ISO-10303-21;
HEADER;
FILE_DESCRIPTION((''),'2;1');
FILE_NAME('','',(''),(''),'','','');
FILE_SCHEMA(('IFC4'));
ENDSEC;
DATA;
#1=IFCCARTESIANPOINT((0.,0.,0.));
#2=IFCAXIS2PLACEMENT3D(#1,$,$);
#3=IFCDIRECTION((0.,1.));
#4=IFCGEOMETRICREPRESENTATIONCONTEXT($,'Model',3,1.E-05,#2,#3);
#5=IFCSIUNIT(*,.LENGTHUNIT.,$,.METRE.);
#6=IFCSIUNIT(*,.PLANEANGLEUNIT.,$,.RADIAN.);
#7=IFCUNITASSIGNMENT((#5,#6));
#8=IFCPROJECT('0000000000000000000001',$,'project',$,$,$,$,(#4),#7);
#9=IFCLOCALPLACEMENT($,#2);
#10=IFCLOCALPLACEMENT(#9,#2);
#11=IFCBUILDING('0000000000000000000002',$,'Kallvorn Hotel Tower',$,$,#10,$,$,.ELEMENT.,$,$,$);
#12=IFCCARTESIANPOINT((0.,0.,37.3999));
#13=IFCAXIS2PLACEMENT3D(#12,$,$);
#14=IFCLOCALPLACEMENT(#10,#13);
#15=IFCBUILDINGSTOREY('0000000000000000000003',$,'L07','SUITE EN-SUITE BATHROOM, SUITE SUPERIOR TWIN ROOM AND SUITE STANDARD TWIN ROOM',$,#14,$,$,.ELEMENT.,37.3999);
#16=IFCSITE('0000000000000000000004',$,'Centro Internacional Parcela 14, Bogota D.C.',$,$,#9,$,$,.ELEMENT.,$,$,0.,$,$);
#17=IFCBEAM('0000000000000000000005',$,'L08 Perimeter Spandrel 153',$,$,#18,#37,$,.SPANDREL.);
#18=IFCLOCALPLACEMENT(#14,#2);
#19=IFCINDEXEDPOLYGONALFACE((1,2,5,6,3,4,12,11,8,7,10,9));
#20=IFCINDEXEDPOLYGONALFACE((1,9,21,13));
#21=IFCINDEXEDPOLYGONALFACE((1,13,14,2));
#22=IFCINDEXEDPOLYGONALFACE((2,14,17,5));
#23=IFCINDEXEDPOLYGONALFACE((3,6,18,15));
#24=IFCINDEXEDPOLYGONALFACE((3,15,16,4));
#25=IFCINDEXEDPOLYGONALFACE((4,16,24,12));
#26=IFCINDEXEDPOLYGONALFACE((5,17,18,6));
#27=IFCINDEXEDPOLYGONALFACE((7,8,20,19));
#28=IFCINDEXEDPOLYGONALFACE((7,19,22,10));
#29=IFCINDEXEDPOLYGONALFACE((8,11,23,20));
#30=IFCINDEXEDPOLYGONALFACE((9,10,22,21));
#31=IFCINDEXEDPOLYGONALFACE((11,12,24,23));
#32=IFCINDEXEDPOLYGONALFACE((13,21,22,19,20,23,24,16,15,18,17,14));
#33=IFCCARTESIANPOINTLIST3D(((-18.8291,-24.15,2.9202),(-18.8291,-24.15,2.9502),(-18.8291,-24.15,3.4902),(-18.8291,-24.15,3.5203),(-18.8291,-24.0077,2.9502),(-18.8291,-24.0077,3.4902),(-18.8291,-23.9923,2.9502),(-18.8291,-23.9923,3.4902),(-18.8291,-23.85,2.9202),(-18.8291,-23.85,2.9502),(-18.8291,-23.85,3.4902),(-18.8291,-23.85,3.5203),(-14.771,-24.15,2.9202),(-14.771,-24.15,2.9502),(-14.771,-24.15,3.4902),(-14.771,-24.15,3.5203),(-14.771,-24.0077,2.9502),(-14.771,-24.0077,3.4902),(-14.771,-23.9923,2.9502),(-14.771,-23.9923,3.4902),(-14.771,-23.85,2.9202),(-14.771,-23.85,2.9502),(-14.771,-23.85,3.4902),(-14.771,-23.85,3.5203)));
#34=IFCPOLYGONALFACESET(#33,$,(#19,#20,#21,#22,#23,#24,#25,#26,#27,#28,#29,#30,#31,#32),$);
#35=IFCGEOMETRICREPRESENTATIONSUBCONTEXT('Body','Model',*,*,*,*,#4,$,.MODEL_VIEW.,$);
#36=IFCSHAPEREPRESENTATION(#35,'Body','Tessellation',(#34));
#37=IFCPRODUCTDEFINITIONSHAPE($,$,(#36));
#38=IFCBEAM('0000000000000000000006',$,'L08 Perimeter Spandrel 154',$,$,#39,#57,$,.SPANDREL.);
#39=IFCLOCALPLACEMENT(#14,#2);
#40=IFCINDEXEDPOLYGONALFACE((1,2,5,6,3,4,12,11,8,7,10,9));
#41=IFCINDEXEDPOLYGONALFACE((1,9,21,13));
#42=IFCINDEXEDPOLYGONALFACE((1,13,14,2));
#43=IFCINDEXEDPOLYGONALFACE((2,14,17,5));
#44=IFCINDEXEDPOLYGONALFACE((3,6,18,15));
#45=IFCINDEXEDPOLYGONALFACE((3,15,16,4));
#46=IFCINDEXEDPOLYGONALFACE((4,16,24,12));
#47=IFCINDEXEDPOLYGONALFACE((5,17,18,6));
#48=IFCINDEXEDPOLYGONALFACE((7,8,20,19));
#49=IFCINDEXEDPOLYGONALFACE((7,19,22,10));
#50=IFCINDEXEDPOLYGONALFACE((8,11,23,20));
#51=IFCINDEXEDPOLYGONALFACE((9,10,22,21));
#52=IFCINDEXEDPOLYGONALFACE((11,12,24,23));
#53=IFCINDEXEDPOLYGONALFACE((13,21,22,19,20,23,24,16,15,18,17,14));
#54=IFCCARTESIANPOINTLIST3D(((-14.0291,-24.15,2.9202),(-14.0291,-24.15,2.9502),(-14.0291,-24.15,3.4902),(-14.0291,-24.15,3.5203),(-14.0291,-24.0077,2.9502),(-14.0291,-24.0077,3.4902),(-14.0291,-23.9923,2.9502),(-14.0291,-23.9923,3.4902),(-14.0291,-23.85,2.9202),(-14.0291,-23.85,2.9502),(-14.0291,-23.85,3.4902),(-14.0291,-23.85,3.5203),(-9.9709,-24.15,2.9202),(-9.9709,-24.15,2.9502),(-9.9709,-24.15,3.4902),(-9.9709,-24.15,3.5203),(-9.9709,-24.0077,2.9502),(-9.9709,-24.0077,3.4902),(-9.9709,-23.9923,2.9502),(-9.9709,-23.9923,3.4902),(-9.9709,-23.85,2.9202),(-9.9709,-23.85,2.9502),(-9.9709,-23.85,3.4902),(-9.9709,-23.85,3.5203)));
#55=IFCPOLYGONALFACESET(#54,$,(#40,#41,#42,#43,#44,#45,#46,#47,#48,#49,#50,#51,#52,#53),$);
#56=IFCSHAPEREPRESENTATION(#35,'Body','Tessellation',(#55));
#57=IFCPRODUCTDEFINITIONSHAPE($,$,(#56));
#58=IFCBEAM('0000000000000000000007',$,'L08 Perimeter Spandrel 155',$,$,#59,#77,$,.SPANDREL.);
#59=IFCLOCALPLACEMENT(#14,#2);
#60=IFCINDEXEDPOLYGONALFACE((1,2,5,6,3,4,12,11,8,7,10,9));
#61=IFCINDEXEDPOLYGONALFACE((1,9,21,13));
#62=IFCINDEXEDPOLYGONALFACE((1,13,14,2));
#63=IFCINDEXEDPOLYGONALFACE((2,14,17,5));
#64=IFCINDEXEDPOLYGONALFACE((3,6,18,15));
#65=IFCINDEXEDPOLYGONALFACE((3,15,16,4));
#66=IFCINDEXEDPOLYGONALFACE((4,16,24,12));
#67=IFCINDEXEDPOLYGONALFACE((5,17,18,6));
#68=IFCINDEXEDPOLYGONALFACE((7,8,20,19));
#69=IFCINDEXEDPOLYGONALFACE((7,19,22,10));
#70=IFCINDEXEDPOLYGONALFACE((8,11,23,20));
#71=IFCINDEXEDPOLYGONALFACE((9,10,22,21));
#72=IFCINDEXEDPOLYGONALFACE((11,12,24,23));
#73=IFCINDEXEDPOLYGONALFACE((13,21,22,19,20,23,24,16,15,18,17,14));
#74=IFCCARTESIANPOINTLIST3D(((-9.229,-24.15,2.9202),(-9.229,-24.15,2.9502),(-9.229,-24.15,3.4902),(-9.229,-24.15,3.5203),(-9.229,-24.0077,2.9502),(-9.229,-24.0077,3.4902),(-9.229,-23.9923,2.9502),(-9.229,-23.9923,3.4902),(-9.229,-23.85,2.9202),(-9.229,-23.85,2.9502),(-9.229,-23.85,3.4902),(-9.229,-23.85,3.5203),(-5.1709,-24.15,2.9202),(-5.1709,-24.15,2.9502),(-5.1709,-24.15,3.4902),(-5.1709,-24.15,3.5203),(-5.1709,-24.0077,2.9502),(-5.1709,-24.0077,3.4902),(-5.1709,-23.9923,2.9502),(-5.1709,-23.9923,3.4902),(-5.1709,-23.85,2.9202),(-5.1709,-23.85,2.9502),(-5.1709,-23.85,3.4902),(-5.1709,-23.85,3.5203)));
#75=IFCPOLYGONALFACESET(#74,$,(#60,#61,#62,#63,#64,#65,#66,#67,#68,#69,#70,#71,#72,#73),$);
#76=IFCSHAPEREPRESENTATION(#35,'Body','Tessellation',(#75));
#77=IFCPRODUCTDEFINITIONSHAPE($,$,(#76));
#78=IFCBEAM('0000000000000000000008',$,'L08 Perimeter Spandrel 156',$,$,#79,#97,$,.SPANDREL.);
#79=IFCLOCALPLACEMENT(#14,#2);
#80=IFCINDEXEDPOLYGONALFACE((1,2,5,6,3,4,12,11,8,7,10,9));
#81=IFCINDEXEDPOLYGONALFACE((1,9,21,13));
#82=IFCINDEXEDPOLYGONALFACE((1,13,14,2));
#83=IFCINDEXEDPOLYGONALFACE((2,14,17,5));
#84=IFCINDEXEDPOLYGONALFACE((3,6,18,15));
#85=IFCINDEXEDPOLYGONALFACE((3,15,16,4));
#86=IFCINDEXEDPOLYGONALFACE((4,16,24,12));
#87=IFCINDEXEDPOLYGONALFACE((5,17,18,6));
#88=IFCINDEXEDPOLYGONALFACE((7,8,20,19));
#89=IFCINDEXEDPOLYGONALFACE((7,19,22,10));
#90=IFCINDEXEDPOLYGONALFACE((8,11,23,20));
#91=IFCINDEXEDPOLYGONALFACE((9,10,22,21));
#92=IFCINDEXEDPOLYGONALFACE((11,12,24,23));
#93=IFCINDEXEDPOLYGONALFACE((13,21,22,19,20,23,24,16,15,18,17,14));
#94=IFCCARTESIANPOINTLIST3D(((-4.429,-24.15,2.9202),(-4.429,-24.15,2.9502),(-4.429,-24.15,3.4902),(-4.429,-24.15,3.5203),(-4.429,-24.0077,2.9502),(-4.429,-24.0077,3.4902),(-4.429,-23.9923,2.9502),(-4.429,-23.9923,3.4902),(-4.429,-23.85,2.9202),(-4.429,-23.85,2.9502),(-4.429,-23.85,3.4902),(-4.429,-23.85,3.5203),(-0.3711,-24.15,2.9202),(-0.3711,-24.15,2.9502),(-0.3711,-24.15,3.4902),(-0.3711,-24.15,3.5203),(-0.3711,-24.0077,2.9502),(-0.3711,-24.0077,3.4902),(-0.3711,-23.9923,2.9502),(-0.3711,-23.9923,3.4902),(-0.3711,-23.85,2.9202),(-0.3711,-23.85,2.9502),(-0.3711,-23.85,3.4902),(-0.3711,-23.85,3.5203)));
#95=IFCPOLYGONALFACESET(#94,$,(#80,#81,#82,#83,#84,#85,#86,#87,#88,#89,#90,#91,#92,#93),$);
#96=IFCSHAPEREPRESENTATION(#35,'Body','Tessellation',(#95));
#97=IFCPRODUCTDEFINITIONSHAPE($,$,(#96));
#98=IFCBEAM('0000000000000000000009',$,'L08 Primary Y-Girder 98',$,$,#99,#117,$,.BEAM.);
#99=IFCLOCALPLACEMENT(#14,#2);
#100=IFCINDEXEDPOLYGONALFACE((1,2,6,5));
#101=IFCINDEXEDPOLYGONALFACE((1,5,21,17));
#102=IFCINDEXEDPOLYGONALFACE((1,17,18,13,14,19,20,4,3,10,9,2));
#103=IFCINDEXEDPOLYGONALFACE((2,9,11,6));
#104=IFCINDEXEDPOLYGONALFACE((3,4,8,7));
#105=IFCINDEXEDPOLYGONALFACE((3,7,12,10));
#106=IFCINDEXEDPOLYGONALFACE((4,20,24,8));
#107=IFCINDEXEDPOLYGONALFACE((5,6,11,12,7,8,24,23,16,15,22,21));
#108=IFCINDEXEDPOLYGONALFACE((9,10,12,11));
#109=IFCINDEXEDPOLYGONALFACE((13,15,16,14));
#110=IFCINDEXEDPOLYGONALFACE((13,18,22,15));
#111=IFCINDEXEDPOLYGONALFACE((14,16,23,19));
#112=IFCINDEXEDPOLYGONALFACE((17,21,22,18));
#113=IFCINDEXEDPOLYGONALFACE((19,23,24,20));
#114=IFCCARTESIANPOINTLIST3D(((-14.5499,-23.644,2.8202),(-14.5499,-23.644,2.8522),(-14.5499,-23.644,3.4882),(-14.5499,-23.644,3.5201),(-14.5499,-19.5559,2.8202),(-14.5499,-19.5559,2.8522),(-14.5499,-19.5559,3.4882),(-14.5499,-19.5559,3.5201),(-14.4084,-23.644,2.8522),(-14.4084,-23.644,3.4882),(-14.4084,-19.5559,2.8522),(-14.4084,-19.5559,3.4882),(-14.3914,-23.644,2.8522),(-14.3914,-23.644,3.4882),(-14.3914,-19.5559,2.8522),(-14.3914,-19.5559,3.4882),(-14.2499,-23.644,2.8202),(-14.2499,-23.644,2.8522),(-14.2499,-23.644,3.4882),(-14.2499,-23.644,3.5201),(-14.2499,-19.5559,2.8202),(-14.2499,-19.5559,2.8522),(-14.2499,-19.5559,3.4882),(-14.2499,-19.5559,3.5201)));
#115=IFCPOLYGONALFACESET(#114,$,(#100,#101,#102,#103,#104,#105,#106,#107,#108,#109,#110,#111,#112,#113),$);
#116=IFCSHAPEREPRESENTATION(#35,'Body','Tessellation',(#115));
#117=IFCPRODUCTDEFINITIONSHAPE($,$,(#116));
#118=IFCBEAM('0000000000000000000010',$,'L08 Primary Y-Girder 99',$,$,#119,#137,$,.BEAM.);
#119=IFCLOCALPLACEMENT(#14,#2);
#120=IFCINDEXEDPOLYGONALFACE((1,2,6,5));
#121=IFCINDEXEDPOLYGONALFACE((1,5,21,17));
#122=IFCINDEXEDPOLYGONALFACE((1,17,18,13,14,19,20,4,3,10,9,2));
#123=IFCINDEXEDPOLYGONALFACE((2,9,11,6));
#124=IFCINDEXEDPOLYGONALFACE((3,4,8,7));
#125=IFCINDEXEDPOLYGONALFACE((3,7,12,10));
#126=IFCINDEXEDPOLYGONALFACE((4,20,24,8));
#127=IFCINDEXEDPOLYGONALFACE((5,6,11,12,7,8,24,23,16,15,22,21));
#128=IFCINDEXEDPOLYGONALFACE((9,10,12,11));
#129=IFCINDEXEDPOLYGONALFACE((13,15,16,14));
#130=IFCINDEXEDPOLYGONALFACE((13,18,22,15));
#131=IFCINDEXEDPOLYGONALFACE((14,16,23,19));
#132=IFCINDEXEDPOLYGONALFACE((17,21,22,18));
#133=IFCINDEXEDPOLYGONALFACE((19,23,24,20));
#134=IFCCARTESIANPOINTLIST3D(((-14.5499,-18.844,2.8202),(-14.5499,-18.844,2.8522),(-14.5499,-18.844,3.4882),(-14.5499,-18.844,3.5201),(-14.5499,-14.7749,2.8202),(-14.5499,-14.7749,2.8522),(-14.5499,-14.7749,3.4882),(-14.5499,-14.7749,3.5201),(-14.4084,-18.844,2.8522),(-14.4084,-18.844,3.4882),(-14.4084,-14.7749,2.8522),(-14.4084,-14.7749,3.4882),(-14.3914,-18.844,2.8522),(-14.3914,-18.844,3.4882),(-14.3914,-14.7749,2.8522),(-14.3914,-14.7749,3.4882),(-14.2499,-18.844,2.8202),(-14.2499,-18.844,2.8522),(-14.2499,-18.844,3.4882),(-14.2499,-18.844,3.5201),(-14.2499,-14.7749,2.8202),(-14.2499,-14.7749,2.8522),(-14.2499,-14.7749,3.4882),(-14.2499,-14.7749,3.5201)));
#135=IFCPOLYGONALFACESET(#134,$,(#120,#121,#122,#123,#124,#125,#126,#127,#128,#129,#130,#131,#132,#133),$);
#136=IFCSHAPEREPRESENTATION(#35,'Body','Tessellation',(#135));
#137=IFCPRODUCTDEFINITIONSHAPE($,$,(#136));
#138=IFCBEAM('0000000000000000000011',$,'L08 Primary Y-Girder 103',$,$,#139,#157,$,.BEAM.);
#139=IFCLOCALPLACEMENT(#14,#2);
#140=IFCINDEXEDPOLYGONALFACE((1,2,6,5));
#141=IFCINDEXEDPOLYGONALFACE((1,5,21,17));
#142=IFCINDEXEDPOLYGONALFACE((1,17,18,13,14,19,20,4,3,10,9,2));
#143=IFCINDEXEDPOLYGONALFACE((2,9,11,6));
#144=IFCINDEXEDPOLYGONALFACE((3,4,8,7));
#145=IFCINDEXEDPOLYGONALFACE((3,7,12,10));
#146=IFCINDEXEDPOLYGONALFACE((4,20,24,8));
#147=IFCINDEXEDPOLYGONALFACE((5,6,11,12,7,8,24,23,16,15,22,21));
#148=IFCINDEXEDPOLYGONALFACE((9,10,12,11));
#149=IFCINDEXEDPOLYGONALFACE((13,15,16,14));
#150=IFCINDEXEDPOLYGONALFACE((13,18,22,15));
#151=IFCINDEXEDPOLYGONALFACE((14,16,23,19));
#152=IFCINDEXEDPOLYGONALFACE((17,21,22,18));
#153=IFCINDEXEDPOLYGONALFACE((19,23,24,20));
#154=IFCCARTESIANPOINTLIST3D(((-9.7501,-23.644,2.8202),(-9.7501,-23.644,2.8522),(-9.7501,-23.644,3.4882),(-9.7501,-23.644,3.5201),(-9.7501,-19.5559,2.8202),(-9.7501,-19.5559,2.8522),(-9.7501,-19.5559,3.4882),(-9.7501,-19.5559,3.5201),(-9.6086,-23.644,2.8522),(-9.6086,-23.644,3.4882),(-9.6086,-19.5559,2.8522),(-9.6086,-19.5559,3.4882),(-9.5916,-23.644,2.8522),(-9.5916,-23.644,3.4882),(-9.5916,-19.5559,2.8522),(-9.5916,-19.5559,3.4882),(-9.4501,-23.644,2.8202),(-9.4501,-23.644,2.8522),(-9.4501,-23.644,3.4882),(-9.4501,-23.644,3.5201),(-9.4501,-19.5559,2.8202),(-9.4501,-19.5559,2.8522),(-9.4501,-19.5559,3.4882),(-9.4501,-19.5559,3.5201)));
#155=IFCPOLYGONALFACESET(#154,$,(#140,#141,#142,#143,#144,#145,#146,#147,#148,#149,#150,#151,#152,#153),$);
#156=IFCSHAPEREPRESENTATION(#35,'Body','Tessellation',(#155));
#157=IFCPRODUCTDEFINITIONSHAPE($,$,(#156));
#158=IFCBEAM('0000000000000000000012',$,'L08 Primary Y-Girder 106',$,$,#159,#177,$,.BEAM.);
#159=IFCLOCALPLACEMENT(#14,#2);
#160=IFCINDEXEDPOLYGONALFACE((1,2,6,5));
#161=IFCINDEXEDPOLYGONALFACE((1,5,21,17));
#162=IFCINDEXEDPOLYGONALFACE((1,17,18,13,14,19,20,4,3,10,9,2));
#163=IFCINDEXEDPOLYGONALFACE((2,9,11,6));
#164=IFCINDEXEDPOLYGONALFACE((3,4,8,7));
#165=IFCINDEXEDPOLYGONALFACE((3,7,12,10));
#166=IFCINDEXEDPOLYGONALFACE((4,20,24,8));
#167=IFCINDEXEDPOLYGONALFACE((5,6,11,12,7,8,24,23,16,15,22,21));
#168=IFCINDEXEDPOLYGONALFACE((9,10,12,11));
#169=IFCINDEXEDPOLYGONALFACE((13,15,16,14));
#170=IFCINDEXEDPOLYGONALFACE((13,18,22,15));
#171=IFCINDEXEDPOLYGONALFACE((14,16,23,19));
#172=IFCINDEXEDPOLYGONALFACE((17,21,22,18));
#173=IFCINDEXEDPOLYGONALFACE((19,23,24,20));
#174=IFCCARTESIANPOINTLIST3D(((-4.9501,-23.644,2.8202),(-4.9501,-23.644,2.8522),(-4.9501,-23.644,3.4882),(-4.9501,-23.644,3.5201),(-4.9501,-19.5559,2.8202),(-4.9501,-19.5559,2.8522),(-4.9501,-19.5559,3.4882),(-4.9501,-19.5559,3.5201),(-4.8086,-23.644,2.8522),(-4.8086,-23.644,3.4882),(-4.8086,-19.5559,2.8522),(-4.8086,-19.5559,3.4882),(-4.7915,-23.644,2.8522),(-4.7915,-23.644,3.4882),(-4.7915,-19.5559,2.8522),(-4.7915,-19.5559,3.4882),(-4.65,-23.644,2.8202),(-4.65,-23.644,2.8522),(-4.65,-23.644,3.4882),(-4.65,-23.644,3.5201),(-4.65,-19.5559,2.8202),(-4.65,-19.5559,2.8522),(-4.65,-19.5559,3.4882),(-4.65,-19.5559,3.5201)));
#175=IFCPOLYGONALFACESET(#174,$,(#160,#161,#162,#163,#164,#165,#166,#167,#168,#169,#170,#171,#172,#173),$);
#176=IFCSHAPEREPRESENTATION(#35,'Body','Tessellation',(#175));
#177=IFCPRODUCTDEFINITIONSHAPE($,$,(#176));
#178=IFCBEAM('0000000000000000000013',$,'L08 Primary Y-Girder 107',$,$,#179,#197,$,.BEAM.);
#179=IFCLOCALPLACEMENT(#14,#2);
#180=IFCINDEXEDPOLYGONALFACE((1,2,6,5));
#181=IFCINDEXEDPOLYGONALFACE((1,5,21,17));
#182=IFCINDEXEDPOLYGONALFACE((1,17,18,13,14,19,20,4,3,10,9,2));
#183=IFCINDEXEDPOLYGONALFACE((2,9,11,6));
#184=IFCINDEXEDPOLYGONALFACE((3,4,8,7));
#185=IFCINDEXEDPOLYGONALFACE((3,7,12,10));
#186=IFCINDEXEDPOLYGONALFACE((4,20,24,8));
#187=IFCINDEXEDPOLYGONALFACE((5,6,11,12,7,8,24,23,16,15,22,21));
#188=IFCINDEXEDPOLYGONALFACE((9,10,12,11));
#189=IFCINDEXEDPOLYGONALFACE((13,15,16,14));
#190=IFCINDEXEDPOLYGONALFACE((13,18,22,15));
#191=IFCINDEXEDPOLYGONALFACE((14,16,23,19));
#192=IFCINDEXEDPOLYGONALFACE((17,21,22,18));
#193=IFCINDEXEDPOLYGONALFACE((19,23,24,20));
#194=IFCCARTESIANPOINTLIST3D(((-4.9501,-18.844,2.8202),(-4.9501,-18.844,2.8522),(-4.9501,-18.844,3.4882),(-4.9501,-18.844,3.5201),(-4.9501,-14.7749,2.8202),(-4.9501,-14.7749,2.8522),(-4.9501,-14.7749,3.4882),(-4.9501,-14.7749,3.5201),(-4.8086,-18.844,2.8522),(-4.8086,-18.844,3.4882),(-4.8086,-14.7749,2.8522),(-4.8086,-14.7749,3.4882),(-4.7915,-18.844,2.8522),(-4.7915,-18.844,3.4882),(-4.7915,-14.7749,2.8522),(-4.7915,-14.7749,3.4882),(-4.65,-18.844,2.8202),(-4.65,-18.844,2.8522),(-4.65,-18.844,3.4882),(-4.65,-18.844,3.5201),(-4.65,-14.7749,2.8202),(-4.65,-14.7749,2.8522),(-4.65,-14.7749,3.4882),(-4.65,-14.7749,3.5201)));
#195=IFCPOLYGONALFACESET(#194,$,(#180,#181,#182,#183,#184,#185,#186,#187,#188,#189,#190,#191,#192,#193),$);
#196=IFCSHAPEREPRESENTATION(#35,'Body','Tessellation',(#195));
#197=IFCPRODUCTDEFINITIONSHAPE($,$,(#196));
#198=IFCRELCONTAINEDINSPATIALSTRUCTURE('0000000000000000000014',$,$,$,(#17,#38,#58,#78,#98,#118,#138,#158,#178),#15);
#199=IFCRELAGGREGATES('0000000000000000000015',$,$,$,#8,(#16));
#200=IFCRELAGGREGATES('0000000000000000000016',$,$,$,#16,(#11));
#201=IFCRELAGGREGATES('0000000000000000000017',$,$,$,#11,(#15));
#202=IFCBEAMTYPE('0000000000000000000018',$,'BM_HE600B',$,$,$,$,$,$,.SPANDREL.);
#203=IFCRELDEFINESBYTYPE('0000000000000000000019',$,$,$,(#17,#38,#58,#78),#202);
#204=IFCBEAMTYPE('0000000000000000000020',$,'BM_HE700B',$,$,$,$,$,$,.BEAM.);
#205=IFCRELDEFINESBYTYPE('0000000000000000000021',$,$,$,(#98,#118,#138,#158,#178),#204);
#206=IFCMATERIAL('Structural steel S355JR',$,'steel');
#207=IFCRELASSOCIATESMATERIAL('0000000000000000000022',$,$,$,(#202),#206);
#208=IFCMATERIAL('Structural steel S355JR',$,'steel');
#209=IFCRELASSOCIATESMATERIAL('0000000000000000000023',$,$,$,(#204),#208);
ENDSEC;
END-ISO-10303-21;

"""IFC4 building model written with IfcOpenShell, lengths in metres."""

from ifc_helpers import new_model, si_unit, direction, frame, origin, origin_2d, place, context, subcontext, project, spatial, i_section, extrude, material, material_profile, profile_set, type_object, element, save


model = new_model("IFC4")

# Units and contexts
model_context = context("Model", 3, precision=1e-05, world=origin(), true_north=direction((0.0, 1.0)))
body_context = subcontext(model_context, "Body", "Model", "MODEL_VIEW")
ifc_project = project(units=[si_unit("LENGTHUNIT", "METRE"), si_unit("PLANEANGLEUNIT", "RADIAN")], contexts=[model_context])

# Site, building, storey
site_placement = place(None, origin())
site = spatial("IfcSite", under=ifc_project, at=site_placement, Name="Centro Internacional Parcela 14, Bogota D.C.", CompositionType="ELEMENT", RefElevation=0.0)
building_placement = place(site_placement, origin())
building = spatial("IfcBuilding", under=site, at=building_placement, Name="Kallvorn Hotel Tower", CompositionType="ELEMENT")
storey_placement = place(building_placement, frame((0.0, 0.0, 37.3999)))
storey = spatial("IfcBuildingStorey", under=building, at=storey_placement, Name="L07", Description="SUITE EN-SUITE BATHROOM, SUITE SUPERIOR TWIN ROOM AND SUITE STANDARD TWIN ROOM", CompositionType="ELEMENT", Elevation=37.3999)

# Beams
ifc_material_1 = material(Name="Structural steel S355JR", Category="steel")
ifc_material_profile_1 = material_profile(ifc_material_1, i_section(OverallWidth=0.3, OverallDepth=0.6001, WebThickness=0.0154, FlangeThickness=0.03, at=origin_2d()), Name="HE 600 B")
ifc_profile_set_1 = profile_set([ifc_material_profile_1], Name="Structural steel S355JR")
beam_type_1 = type_object("IfcBeamType", Name="BM_HE600B", PredefinedType="SPANDREL", material=ifc_profile_set_1)
for number, where, z_axis, x_axis, name in (
    (1, (-18.8291, -24.0, 3.2202), (1.0, 0.0, 0.0), (0.0, 1.0, 0.0), "L08 Perimeter Spandrel 153"),
    (2, (-14.0291, -24.0, 3.2202), (1.0, 0.0, 0.0), (0.0, 1.0, 0.0), "L08 Perimeter Spandrel 154"),
    (3, (-9.229, -24.0, 3.2202), (1.0, 0.0, 0.0), (0.0, 1.0, 0.0), "L08 Perimeter Spandrel 155"),
):
    element("IfcBeam", number, at=place(storey_placement, frame(where, z_axis=z_axis, x_axis=x_axis)), inside=storey, type_object=beam_type_1, Name=name, PredefinedType="SPANDREL", context=body_context, shape_type="SweptSolid", body=[
        extrude(i_section(OverallWidth=0.3, OverallDepth=0.6001, WebThickness=0.0154, FlangeThickness=0.03, at=origin_2d()), origin(), (0.0, 0.0, 1.0), 4.0581),
    ])
beam_1_placement = place(storey_placement, frame((-4.429, -24.0, 3.2202), z_axis=(1.0, 0.0, 0.0), x_axis=(0.0, 1.0, 0.0)))
element("IfcBeam", 4, at=beam_1_placement, inside=storey, type_object=beam_type_1, Name="L08 Perimeter Spandrel 156", PredefinedType="SPANDREL", context=body_context, shape_type="SweptSolid", body=[
    extrude(i_section(OverallWidth=0.3, OverallDepth=0.6001, WebThickness=0.0154, FlangeThickness=0.03, at=origin_2d()), origin(), (0.0, 0.0, 1.0), 4.0579),
])
ifc_material_2 = material(Name="Structural steel S355JR", Category="steel")
ifc_material_profile_2 = material_profile(ifc_material_2, i_section(OverallWidth=0.3, OverallDepth=0.7, WebThickness=0.0171, FlangeThickness=0.032, at=origin_2d()), Name="HE 700 B")
ifc_profile_set_2 = profile_set([ifc_material_profile_2], Name="Structural steel S355JR")
beam_type_2 = type_object("IfcBeamType", Name="BM_HE700B", PredefinedType="BEAM", material=ifc_profile_set_2)
beam_2_placement = place(storey_placement, frame((-14.3999, -23.644, 3.1702), z_axis=(0.0, 1.0, 0.0), x_axis=(-1.0, 0.0, 0.0)))
element("IfcBeam", 5, at=beam_2_placement, inside=storey, type_object=beam_type_2, Name="L08 Primary Y-Girder 98", PredefinedType="BEAM", context=body_context, shape_type="SweptSolid", body=[
    extrude(i_section(OverallWidth=0.3, OverallDepth=0.7, WebThickness=0.0171, FlangeThickness=0.032, at=origin_2d()), origin(), (0.0, 0.0, 1.0), 4.0881),
])
beam_3_placement = place(storey_placement, frame((-14.3999, -18.844, 3.1702), z_axis=(0.0, 1.0, 0.0), x_axis=(-1.0, 0.0, 0.0)))
element("IfcBeam", 6, at=beam_3_placement, inside=storey, type_object=beam_type_2, Name="L08 Primary Y-Girder 99", PredefinedType="BEAM", context=body_context, shape_type="SweptSolid", body=[
    extrude(i_section(OverallWidth=0.3, OverallDepth=0.7, WebThickness=0.0171, FlangeThickness=0.032, at=origin_2d()), origin(), (0.0, 0.0, 1.0), 4.0691),
])
for number, where, z_axis, x_axis, name in (
    (7, (-9.6001, -23.644, 3.1702), (0.0, 1.0, 0.0), (-1.0, 0.0, 0.0), "L08 Primary Y-Girder 103"),
    (8, (-4.8, -23.644, 3.1702), (0.0, 1.0, 0.0), (-1.0, 0.0, 0.0), "L08 Primary Y-Girder 106"),
):
    element("IfcBeam", number, at=place(storey_placement, frame(where, z_axis=z_axis, x_axis=x_axis)), inside=storey, type_object=beam_type_2, Name=name, PredefinedType="BEAM", context=body_context, shape_type="SweptSolid", body=[
        extrude(i_section(OverallWidth=0.3, OverallDepth=0.7, WebThickness=0.0171, FlangeThickness=0.032, at=origin_2d()), origin(), (0.0, 0.0, 1.0), 4.0881),
    ])
beam_4_placement = place(storey_placement, frame((-4.8, -18.844, 3.1702), z_axis=(0.0, 1.0, 0.0), x_axis=(-1.0, 0.0, 0.0)))
element("IfcBeam", 9, at=beam_4_placement, inside=storey, type_object=beam_type_2, Name="L08 Primary Y-Girder 107", PredefinedType="BEAM", context=body_context, shape_type="SweptSolid", body=[
    extrude(i_section(OverallWidth=0.3, OverallDepth=0.7, WebThickness=0.0171, FlangeThickness=0.032, at=origin_2d()), origin(), (0.0, 0.0, 1.0), 4.0691),
])

save(model, "model.ifc")
